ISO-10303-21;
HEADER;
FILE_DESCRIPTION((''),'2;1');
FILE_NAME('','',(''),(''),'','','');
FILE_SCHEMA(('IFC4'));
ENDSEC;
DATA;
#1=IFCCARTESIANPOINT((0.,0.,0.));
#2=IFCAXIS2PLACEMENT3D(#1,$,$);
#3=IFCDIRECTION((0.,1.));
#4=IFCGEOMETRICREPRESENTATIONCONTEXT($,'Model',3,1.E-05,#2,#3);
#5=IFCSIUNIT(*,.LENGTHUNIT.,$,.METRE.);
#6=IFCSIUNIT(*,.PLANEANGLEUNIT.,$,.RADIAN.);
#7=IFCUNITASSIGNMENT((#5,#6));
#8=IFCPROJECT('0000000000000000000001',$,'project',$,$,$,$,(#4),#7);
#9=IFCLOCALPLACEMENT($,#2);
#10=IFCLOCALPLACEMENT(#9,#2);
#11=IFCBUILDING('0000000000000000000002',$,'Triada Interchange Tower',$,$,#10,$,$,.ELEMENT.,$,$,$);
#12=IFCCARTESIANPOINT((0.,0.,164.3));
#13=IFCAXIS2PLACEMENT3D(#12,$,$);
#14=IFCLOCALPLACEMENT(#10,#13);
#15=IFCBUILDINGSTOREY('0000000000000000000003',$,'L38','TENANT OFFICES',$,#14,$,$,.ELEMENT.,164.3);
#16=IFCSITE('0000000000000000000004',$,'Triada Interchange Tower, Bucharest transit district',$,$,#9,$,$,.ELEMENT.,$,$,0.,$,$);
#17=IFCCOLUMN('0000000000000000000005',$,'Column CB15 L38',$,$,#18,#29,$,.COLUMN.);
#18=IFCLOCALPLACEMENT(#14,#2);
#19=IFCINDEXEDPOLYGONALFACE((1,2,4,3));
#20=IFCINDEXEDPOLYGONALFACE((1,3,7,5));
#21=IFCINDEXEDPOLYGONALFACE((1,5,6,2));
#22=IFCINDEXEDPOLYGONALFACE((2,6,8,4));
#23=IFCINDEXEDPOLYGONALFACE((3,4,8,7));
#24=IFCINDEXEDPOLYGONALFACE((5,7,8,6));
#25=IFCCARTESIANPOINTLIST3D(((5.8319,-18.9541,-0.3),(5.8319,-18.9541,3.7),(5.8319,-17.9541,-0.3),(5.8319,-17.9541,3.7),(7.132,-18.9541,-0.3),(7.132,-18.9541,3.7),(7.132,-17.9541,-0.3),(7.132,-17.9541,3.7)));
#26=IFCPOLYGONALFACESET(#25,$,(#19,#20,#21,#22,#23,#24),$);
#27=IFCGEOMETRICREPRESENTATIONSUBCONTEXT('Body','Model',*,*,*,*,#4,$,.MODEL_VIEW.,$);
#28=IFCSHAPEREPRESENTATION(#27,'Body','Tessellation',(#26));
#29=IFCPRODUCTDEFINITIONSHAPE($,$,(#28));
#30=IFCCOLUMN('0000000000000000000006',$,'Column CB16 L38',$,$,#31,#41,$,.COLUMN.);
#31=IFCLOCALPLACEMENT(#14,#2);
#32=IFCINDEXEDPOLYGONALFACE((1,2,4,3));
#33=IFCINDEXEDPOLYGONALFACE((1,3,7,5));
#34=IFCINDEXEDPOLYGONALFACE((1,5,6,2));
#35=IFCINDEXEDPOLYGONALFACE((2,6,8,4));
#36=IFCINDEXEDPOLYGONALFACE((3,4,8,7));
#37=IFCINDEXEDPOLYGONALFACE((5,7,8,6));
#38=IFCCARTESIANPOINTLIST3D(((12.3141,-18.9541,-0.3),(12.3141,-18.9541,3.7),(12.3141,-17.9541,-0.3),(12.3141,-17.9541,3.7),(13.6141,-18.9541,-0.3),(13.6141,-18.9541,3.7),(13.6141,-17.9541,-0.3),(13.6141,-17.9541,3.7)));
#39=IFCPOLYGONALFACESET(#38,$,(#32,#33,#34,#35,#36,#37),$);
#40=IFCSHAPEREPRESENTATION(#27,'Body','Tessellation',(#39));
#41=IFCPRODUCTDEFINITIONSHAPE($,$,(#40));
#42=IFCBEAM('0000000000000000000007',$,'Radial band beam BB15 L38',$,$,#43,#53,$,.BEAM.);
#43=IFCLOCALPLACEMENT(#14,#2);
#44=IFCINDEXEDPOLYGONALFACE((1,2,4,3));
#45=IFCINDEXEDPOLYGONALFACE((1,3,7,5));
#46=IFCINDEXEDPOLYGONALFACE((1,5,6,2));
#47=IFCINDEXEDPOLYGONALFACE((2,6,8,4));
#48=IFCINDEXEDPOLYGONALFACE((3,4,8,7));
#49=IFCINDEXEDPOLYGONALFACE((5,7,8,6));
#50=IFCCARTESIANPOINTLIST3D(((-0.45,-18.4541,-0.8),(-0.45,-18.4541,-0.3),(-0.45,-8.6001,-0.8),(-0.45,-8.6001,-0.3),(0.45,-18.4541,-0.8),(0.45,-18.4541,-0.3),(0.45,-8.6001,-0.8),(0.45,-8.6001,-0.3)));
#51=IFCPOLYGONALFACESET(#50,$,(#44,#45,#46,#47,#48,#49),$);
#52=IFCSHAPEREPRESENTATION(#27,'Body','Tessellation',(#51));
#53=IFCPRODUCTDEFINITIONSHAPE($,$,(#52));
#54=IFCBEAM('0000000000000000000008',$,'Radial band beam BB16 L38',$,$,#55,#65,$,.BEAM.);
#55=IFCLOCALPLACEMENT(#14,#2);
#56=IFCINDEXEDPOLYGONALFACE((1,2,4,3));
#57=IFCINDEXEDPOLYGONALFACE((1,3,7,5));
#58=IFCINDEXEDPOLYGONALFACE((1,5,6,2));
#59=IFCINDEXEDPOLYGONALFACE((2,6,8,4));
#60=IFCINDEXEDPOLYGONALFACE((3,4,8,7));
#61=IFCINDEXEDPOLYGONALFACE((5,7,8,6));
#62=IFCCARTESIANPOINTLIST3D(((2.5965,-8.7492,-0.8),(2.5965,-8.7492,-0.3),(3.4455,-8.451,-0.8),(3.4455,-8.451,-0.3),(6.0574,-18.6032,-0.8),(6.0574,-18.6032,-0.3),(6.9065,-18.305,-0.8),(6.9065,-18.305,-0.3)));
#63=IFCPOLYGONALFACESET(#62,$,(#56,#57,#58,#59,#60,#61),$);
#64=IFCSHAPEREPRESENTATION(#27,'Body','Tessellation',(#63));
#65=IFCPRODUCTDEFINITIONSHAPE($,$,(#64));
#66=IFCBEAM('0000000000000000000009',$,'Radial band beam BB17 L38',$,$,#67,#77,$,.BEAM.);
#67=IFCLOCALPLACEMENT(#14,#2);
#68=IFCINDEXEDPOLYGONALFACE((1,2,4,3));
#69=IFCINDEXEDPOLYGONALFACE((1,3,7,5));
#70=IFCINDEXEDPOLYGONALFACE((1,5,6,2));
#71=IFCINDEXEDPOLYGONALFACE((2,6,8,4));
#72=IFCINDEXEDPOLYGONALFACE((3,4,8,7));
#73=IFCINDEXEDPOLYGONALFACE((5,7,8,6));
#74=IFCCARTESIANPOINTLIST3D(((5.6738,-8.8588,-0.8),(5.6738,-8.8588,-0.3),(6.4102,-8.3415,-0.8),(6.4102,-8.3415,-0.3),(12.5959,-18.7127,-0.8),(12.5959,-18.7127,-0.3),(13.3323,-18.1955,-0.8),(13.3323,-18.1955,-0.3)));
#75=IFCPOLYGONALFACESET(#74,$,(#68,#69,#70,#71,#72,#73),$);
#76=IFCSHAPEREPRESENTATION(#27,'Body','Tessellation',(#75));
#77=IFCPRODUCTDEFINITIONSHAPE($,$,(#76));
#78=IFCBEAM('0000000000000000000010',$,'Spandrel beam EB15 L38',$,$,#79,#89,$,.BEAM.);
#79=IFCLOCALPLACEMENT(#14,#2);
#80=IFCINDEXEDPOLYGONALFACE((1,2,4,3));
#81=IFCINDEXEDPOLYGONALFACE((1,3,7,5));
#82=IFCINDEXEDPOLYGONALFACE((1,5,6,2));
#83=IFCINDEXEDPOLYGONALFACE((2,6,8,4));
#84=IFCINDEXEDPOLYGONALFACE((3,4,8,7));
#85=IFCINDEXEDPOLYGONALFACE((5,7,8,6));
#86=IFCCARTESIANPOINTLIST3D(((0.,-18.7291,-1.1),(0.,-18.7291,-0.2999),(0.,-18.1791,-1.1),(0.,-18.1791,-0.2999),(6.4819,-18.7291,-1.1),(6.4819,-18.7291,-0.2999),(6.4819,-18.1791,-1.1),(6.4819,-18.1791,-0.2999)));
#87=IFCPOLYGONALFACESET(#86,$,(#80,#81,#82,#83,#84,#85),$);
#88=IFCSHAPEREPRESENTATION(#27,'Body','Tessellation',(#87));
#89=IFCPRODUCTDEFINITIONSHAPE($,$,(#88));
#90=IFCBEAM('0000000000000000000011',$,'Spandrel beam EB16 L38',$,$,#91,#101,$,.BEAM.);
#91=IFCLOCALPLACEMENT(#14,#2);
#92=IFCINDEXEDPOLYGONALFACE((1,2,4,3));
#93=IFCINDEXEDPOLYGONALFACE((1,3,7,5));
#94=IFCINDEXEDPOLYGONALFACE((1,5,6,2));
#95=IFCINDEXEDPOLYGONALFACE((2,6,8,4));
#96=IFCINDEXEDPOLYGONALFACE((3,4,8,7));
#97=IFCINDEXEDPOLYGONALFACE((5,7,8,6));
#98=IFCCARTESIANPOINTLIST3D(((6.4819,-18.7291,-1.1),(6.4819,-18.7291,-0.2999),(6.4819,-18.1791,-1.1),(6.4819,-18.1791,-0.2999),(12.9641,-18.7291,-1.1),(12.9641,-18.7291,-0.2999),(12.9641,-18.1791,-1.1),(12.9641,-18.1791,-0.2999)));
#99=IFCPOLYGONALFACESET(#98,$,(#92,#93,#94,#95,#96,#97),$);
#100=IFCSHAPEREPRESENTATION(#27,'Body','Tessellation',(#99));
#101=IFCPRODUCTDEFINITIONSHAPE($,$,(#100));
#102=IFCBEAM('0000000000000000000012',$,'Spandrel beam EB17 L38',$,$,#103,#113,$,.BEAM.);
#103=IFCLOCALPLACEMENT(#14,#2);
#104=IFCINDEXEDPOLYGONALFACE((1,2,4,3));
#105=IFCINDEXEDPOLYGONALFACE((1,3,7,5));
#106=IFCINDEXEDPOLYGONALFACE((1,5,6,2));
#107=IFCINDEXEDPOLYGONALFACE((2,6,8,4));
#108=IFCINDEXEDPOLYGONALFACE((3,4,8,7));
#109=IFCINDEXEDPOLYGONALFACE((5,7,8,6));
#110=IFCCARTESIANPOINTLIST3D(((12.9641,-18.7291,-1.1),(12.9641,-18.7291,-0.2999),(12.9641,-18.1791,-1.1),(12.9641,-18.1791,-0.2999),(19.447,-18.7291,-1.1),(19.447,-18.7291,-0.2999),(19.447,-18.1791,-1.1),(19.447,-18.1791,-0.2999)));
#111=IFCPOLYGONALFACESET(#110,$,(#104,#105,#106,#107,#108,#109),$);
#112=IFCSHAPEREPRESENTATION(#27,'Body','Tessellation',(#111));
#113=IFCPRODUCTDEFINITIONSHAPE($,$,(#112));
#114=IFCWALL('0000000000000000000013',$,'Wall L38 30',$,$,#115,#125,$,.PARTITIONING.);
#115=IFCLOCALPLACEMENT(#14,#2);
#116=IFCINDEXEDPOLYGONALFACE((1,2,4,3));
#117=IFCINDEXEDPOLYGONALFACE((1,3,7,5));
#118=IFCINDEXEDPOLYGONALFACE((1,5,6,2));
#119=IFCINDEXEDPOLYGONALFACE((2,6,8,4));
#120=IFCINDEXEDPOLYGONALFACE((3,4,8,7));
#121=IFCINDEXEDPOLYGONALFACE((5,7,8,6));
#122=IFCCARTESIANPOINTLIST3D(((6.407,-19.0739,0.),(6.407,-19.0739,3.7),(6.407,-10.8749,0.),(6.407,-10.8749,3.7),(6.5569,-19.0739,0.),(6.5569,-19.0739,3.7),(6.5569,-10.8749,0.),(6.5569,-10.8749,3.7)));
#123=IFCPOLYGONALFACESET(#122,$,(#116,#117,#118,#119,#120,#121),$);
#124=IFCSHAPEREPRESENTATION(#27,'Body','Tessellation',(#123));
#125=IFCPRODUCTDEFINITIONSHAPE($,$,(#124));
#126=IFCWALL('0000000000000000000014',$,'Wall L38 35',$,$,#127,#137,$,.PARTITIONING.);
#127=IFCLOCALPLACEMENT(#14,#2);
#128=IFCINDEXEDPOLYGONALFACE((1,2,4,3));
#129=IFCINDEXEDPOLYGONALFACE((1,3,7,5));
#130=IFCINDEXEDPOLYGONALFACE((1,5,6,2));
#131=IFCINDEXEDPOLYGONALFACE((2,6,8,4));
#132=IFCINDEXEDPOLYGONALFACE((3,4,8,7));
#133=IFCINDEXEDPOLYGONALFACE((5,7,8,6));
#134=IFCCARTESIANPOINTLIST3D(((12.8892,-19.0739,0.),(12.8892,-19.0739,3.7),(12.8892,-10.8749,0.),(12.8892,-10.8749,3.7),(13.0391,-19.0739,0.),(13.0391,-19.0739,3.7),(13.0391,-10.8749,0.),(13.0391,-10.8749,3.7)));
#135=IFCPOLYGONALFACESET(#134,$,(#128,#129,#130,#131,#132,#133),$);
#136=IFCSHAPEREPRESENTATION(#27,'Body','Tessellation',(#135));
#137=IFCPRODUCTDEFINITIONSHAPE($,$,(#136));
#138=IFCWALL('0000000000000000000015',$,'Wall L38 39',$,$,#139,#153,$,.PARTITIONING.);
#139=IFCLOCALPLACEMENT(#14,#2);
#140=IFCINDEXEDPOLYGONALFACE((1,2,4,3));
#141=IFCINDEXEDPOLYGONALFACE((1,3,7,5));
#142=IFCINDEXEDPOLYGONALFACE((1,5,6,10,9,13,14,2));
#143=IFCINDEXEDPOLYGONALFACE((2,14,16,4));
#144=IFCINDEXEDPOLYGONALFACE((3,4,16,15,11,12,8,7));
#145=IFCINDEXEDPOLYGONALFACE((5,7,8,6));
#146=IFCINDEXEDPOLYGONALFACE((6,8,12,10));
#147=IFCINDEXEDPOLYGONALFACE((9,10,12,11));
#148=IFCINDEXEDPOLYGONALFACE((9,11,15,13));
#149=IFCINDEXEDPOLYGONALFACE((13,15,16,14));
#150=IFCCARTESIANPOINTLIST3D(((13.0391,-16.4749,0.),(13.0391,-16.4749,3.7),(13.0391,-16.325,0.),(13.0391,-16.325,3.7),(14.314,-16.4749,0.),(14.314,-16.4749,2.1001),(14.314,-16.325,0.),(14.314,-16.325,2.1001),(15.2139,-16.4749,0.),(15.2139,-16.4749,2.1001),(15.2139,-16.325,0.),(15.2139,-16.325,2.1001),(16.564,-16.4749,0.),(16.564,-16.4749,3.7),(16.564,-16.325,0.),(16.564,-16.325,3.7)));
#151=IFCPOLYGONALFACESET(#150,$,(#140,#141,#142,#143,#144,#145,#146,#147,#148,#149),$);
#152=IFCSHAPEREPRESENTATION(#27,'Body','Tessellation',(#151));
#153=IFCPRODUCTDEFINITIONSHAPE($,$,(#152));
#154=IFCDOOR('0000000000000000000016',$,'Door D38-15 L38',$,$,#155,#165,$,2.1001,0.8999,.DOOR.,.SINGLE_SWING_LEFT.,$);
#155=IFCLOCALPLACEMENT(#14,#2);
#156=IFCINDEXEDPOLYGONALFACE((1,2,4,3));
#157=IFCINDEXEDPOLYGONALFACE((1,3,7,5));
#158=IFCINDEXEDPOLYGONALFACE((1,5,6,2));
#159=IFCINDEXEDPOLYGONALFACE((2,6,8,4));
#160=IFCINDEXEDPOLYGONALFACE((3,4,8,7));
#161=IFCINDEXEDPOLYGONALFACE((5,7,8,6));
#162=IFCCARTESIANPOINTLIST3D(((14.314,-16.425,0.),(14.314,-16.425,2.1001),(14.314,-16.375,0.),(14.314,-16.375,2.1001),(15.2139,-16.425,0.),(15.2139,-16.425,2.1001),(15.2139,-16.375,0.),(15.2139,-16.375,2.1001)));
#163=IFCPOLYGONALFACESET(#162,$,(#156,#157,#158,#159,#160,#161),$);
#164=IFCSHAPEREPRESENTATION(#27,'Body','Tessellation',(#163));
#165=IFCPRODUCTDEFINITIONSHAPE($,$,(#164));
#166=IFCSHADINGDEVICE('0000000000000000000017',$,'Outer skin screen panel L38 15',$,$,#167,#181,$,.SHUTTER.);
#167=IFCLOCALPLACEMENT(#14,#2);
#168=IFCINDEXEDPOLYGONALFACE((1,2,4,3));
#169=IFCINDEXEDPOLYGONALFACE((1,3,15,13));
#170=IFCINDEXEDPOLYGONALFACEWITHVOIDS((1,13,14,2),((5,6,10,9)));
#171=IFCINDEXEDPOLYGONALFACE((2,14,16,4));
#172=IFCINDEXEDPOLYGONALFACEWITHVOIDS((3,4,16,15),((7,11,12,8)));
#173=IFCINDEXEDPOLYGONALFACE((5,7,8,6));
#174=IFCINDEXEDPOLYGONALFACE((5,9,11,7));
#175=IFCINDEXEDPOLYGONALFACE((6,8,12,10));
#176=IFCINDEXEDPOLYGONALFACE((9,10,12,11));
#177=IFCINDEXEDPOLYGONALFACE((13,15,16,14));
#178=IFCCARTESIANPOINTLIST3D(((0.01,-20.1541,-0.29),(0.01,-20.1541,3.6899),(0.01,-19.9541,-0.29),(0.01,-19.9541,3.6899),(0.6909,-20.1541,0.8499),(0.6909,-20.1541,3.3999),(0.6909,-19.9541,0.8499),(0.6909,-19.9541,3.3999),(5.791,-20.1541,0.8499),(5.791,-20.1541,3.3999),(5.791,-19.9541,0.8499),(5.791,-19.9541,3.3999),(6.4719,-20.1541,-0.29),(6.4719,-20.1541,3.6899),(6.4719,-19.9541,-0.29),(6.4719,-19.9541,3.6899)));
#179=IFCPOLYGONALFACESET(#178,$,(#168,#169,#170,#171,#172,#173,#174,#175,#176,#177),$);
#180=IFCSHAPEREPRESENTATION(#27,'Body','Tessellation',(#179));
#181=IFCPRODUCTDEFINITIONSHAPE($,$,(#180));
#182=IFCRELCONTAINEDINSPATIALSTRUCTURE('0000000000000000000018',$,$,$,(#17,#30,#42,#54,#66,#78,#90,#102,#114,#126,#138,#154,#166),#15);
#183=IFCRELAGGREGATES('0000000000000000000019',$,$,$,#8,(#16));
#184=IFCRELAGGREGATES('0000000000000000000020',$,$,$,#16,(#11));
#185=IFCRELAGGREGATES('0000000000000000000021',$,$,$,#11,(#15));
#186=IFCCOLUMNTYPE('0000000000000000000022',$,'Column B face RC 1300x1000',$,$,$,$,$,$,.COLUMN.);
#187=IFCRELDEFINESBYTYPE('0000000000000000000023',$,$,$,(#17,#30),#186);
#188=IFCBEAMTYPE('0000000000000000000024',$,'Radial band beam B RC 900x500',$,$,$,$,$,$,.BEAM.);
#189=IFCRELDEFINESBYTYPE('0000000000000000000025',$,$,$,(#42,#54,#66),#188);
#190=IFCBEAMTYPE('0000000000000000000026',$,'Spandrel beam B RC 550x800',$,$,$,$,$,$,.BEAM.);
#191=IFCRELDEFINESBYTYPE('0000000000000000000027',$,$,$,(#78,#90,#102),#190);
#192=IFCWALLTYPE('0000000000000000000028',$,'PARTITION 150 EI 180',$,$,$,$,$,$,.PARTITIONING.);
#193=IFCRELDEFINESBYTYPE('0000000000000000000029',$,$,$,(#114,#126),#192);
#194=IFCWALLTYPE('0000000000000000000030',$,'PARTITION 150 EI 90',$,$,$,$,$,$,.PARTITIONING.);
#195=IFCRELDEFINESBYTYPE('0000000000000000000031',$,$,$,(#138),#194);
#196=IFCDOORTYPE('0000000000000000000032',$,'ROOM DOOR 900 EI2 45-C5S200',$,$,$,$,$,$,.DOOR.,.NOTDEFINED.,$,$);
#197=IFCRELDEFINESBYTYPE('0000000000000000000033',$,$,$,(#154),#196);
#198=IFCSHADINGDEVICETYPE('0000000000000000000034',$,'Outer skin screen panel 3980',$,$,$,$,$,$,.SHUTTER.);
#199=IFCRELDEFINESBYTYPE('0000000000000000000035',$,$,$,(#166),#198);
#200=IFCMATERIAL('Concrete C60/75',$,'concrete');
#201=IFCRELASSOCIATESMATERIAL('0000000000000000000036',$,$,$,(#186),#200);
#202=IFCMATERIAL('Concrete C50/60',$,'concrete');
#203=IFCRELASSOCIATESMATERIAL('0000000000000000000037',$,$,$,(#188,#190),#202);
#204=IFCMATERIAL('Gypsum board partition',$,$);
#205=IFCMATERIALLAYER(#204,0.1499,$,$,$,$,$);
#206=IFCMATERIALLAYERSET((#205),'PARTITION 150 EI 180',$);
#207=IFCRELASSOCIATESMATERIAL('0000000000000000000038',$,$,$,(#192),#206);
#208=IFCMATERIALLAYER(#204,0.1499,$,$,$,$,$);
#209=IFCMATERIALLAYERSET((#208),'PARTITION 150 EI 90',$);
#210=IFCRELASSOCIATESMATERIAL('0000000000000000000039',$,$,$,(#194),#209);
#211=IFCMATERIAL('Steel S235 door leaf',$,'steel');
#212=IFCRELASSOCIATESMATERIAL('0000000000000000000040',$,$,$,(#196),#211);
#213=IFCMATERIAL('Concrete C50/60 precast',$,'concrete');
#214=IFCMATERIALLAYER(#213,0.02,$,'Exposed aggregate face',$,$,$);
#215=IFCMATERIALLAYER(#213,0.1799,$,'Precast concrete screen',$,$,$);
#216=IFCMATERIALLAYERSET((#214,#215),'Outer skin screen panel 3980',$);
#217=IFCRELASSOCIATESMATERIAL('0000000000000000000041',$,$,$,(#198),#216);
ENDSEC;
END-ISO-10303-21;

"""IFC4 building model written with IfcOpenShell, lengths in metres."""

from ifc_helpers import new_model, si_unit, direction, frame, frame_2d, origin, origin_2d, place, context, subcontext, project, spatial, polyline, rectangle, outline, extrude, material, layer, layer_set, material_profile, profile_set, type_object, element, fill, save


model = new_model("IFC4")

# Units and contexts
model_context = context("Model", 3, precision=1e-05, world=origin(), true_north=direction((0.0, 1.0)))
body_context = subcontext(model_context, "Body", "Model", "MODEL_VIEW")
ifc_project = project(units=[si_unit("LENGTHUNIT", "METRE"), si_unit("PLANEANGLEUNIT", "RADIAN")], contexts=[model_context])

# Site, building, storey
site_placement = place(None, origin())
site = spatial("IfcSite", under=ifc_project, at=site_placement, Name="Triada Interchange Tower, Bucharest transit district", CompositionType="ELEMENT", RefElevation=0.0)
building_placement = place(site_placement, origin())
building = spatial("IfcBuilding", under=site, at=building_placement, Name="Triada Interchange Tower", CompositionType="ELEMENT")
storey_placement = place(building_placement, frame((0.0, 0.0, 164.3)))
storey = spatial("IfcBuildingStorey", under=building, at=storey_placement, Name="L38", Description="TENANT OFFICES", CompositionType="ELEMENT", Elevation=164.3)

# Columns
ifc_material_1 = material(Name="Concrete C60/75", Category="concrete")
ifc_material_profile_1 = material_profile(ifc_material_1, rectangle(XDim=1.3, YDim=1.0, at=origin_2d()), Name="RC 1300x1000")
ifc_profile_set_1 = profile_set([ifc_material_profile_1], Name="Concrete C60/75")
column_type = type_object("IfcColumnType", Name="Column B face RC 1300x1000", PredefinedType="COLUMN", material=ifc_profile_set_1)
for number, where, z_axis, x_axis, name in (
    (1, (6.4819, -18.4541, -0.3), (0.0, 0.0, 1.0), (1.0, 0.0, 0.0), "Column CB15 L38"),
    (2, (12.9641, -18.4541, -0.3), (0.0, 0.0, 1.0), (1.0, 0.0, 0.0), "Column CB16 L38"),
):
    element("IfcColumn", number, at=place(storey_placement, frame(where, z_axis=z_axis, x_axis=x_axis)), inside=storey, type_object=column_type, Name=name, PredefinedType="COLUMN", context=body_context, shape_type="SweptSolid", body=[
        extrude(rectangle(XDim=1.3, YDim=1.0, at=origin_2d()), origin(), (0.0, 0.0, 1.0), 4.0),
    ])

# Beams
ifc_material_2 = material(Name="Concrete C50/60", Category="concrete")
ifc_material_profile_2 = material_profile(ifc_material_2, rectangle(XDim=0.8999, YDim=0.5, at=origin_2d()), Name="RC 900x500")
ifc_profile_set_2 = profile_set([ifc_material_profile_2], Name="Concrete C50/60")
beam_type_1 = type_object("IfcBeamType", Name="Radial band beam B RC 900x500", PredefinedType="BEAM", material=ifc_profile_set_2)
beam_1_placement = place(storey_placement, frame((0.0, -18.4541, -0.55), z_axis=(0.0, 1.0, 0.0), x_axis=(-1.0, 0.0, 0.0)))
element("IfcBeam", 3, at=beam_1_placement, inside=storey, type_object=beam_type_1, Name="Radial band beam BB15 L38", PredefinedType="BEAM", context=body_context, shape_type="SweptSolid", body=[
    extrude(rectangle(XDim=0.8999, YDim=0.5, at=origin_2d()), origin(), (0.0, 0.0, 1.0), 9.854),
])
beam_2_placement = place(storey_placement, frame((6.4819, -18.4541, -0.55), z_axis=(-0.331377, 0.943498, 0.0), x_axis=(-0.943498, -0.331377, 0.0)))
element("IfcBeam", 4, at=beam_2_placement, inside=storey, type_object=beam_type_1, Name="Radial band beam BB16 L38", PredefinedType="BEAM", context=body_context, shape_type="SweptSolid", body=[
    extrude(rectangle(XDim=0.8999, YDim=0.5, at=origin_2d()), origin(), (0.0, 0.0, 1.0), 10.4441),
])
beam_3_placement = place(storey_placement, frame((12.9641, -18.4541, -0.55), z_axis=(-0.574817, 0.818282, 0.0), x_axis=(-0.818282, -0.574817, 0.0)))
element("IfcBeam", 5, at=beam_3_placement, inside=storey, type_object=beam_type_1, Name="Radial band beam BB17 L38", PredefinedType="BEAM", context=body_context, shape_type="SweptSolid", body=[
    extrude(rectangle(XDim=0.8999, YDim=0.5, at=origin_2d()), origin(), (0.0, 0.0, 1.0), 12.0422),
])
ifc_material_profile_3 = material_profile(ifc_material_2, rectangle(XDim=0.55, YDim=0.8, at=origin_2d()), Name="RC 550x800")
ifc_profile_set_3 = profile_set([ifc_material_profile_3], Name="Concrete C50/60")
beam_type_2 = type_object("IfcBeamType", Name="Spandrel beam B RC 550x800", PredefinedType="BEAM", material=ifc_profile_set_3)
beam_4_placement = place(storey_placement, frame((0.0, -18.4541, -0.7), z_axis=(1.0, 0.0, 0.0), x_axis=(0.0, 1.0, 0.0)))
element("IfcBeam", 6, at=beam_4_placement, inside=storey, type_object=beam_type_2, Name="Spandrel beam EB15 L38", PredefinedType="BEAM", context=body_context, shape_type="SweptSolid", body=[
    extrude(rectangle(XDim=0.55, YDim=0.8, at=origin_2d()), origin(), (0.0, 0.0, 1.0), 6.4819),
])
beam_5_placement = place(storey_placement, frame((6.4819, -18.4541, -0.7), z_axis=(1.0, 0.0, 0.0), x_axis=(0.0, 1.0, 0.0)))
element("IfcBeam", 7, at=beam_5_placement, inside=storey, type_object=beam_type_2, Name="Spandrel beam EB16 L38", PredefinedType="BEAM", context=body_context, shape_type="SweptSolid", body=[
    extrude(rectangle(XDim=0.55, YDim=0.8, at=origin_2d()), origin(), (0.0, 0.0, 1.0), 6.4822),
])
beam_6_placement = place(storey_placement, frame((12.9641, -18.4541, -0.7), z_axis=(1.0, 0.0, 0.0), x_axis=(0.0, 1.0, 0.0)))
element("IfcBeam", 8, at=beam_6_placement, inside=storey, type_object=beam_type_2, Name="Spandrel beam EB17 L38", PredefinedType="BEAM", context=body_context, shape_type="SweptSolid", body=[
    extrude(rectangle(XDim=0.55, YDim=0.8, at=origin_2d()), origin(), (0.0, 0.0, 1.0), 6.4829),
])

# Walls
ifc_material_3 = material(Name="Gypsum board partition")
ifc_layer_1 = layer(ifc_material_3, 0.1499)
ifc_layer_set_1 = layer_set([ifc_layer_1], Name="PARTITION 150 EI 180")
wall_type_1 = type_object("IfcWallType", Name="PARTITION 150 EI 180", PredefinedType="PARTITIONING", material=ifc_layer_set_1)
for number, where, z_axis, x_axis, name in (
    (9, (6.4819, -19.074, 0.0), (0.0, 0.0, 1.0), (0.0, 1.0, 0.0), "Wall L38 30"),
    (10, (12.9641, -19.074, 0.0), (0.0, 0.0, 1.0), (0.0, 1.0, 0.0), "Wall L38 35"),
):
    element("IfcWall", number, at=place(storey_placement, frame(where, z_axis=z_axis, x_axis=x_axis)), inside=storey, type_object=wall_type_1, Name=name, PredefinedType="PARTITIONING", context=body_context, shape_type="SweptSolid", body=[
        extrude(rectangle(XDim=8.199, YDim=0.1499, at=frame_2d((4.0996, 0.0))), origin(), (0.0, 0.0, 1.0), 3.7),
    ])

# Wall, opening, door
ifc_layer_2 = layer(ifc_material_3, 0.1499)
ifc_layer_set_2 = layer_set([ifc_layer_2], Name="PARTITION 150 EI 90")
wall_type_2 = type_object("IfcWallType", Name="PARTITION 150 EI 90", PredefinedType="PARTITIONING", material=ifc_layer_set_2)
wall_placement = place(storey_placement, frame((13.0391, -16.3999, 0.0), z_axis=(0.0, 0.0, 1.0), x_axis=(1.0, 0.0, 0.0)))
wall = element("IfcWall", 11, at=wall_placement, inside=storey, type_object=wall_type_2, Name="Wall L38 39", PredefinedType="PARTITIONING", context=body_context, shape_type="SweptSolid", body=[
    extrude(rectangle(XDim=3.5249, YDim=0.1499, at=frame_2d((1.7625, 0.0))), origin(), (0.0, 0.0, 1.0), 3.7),
])
opening_placement = place(wall_placement, frame((1.2749, 0.0, 0.0)))
opening = element("IfcOpeningElement", 12, at=opening_placement, cuts=wall, PredefinedType="OPENING", context=body_context, shape_type="SweptSolid", body=[
    extrude(rectangle(XDim=0.8999, YDim=2.1001, at=frame_2d((0.45, 1.05))), frame((0.0, 0.085, 0.0), z_axis=(0.0, -1.0, 0.0), x_axis=(1.0, 0.0, 0.0)), (0.0, 0.0, 1.0), 0.1699),
])
ifc_material_4 = material(Name="Steel S235 door leaf", Category="steel")
door_type = type_object("IfcDoorType", Name="ROOM DOOR 900 EI2 45-C5S200", OperationType="NOTDEFINED", PredefinedType="DOOR", material=ifc_material_4)
door_placement = place(opening_placement, origin())
door = element("IfcDoor", 13, at=door_placement, inside=storey, type_object=door_type, Name="Door D38-15 L38", OperationType="SINGLE_SWING_LEFT", OverallHeight=2.1001, OverallWidth=0.8999, PredefinedType="DOOR", context=body_context, shape_type="SweptSolid", body=[
    extrude(rectangle(XDim=0.8999, YDim=2.1001, at=frame_2d((0.45, 1.05))), frame((0.0, 0.0249, 0.0), z_axis=(0.0, -1.0, 0.0), x_axis=(1.0, 0.0, 0.0)), (0.0, 0.0, 1.0), 0.05),
])
fill(opening, door)

# Shading device
ifc_material_5 = material(Name="Concrete C50/60 precast", Category="concrete")
ifc_layer_3 = layer(ifc_material_5, 0.02, Name="Exposed aggregate face")
ifc_layer_4 = layer(ifc_material_5, 0.1799, Name="Precast concrete screen")
ifc_layer_set_3 = layer_set([ifc_layer_3, ifc_layer_4], Name="Outer skin screen panel 3980")
shading_device_type = type_object("IfcShadingDeviceType", Name="Outer skin screen panel 3980", PredefinedType="SHUTTER", material=ifc_layer_set_3)
shading_device_1_placement = place(storey_placement, frame((0.01, -19.9541, -0.29), z_axis=(0.0, 0.0, 1.0), x_axis=(1.0, 0.0, 0.0)))
element("IfcShadingDevice", 14, at=shading_device_1_placement, inside=storey, type_object=shading_device_type, Name="Outer skin screen panel L38 15", PredefinedType="SHUTTER", context=body_context, shape_type="SweptSolid", body=[
    extrude(outline(polyline([(0.0, 0.0), (6.4619, 0.0), (6.4619, 3.98), (0.0, 3.98), (0.0, 0.0)]), holes=[polyline([(0.6809, 1.1399), (0.6809, 3.6899), (5.781, 3.6899), (5.781, 1.1399), (0.6809, 1.1399)])]), frame((0.0, 0.0, 0.0), z_axis=(0.0, -1.0, 0.0), x_axis=(1.0, 0.0, 0.0)), (0.0, 0.0, 1.0), 0.2),
])

save(model, "model.ifc")
